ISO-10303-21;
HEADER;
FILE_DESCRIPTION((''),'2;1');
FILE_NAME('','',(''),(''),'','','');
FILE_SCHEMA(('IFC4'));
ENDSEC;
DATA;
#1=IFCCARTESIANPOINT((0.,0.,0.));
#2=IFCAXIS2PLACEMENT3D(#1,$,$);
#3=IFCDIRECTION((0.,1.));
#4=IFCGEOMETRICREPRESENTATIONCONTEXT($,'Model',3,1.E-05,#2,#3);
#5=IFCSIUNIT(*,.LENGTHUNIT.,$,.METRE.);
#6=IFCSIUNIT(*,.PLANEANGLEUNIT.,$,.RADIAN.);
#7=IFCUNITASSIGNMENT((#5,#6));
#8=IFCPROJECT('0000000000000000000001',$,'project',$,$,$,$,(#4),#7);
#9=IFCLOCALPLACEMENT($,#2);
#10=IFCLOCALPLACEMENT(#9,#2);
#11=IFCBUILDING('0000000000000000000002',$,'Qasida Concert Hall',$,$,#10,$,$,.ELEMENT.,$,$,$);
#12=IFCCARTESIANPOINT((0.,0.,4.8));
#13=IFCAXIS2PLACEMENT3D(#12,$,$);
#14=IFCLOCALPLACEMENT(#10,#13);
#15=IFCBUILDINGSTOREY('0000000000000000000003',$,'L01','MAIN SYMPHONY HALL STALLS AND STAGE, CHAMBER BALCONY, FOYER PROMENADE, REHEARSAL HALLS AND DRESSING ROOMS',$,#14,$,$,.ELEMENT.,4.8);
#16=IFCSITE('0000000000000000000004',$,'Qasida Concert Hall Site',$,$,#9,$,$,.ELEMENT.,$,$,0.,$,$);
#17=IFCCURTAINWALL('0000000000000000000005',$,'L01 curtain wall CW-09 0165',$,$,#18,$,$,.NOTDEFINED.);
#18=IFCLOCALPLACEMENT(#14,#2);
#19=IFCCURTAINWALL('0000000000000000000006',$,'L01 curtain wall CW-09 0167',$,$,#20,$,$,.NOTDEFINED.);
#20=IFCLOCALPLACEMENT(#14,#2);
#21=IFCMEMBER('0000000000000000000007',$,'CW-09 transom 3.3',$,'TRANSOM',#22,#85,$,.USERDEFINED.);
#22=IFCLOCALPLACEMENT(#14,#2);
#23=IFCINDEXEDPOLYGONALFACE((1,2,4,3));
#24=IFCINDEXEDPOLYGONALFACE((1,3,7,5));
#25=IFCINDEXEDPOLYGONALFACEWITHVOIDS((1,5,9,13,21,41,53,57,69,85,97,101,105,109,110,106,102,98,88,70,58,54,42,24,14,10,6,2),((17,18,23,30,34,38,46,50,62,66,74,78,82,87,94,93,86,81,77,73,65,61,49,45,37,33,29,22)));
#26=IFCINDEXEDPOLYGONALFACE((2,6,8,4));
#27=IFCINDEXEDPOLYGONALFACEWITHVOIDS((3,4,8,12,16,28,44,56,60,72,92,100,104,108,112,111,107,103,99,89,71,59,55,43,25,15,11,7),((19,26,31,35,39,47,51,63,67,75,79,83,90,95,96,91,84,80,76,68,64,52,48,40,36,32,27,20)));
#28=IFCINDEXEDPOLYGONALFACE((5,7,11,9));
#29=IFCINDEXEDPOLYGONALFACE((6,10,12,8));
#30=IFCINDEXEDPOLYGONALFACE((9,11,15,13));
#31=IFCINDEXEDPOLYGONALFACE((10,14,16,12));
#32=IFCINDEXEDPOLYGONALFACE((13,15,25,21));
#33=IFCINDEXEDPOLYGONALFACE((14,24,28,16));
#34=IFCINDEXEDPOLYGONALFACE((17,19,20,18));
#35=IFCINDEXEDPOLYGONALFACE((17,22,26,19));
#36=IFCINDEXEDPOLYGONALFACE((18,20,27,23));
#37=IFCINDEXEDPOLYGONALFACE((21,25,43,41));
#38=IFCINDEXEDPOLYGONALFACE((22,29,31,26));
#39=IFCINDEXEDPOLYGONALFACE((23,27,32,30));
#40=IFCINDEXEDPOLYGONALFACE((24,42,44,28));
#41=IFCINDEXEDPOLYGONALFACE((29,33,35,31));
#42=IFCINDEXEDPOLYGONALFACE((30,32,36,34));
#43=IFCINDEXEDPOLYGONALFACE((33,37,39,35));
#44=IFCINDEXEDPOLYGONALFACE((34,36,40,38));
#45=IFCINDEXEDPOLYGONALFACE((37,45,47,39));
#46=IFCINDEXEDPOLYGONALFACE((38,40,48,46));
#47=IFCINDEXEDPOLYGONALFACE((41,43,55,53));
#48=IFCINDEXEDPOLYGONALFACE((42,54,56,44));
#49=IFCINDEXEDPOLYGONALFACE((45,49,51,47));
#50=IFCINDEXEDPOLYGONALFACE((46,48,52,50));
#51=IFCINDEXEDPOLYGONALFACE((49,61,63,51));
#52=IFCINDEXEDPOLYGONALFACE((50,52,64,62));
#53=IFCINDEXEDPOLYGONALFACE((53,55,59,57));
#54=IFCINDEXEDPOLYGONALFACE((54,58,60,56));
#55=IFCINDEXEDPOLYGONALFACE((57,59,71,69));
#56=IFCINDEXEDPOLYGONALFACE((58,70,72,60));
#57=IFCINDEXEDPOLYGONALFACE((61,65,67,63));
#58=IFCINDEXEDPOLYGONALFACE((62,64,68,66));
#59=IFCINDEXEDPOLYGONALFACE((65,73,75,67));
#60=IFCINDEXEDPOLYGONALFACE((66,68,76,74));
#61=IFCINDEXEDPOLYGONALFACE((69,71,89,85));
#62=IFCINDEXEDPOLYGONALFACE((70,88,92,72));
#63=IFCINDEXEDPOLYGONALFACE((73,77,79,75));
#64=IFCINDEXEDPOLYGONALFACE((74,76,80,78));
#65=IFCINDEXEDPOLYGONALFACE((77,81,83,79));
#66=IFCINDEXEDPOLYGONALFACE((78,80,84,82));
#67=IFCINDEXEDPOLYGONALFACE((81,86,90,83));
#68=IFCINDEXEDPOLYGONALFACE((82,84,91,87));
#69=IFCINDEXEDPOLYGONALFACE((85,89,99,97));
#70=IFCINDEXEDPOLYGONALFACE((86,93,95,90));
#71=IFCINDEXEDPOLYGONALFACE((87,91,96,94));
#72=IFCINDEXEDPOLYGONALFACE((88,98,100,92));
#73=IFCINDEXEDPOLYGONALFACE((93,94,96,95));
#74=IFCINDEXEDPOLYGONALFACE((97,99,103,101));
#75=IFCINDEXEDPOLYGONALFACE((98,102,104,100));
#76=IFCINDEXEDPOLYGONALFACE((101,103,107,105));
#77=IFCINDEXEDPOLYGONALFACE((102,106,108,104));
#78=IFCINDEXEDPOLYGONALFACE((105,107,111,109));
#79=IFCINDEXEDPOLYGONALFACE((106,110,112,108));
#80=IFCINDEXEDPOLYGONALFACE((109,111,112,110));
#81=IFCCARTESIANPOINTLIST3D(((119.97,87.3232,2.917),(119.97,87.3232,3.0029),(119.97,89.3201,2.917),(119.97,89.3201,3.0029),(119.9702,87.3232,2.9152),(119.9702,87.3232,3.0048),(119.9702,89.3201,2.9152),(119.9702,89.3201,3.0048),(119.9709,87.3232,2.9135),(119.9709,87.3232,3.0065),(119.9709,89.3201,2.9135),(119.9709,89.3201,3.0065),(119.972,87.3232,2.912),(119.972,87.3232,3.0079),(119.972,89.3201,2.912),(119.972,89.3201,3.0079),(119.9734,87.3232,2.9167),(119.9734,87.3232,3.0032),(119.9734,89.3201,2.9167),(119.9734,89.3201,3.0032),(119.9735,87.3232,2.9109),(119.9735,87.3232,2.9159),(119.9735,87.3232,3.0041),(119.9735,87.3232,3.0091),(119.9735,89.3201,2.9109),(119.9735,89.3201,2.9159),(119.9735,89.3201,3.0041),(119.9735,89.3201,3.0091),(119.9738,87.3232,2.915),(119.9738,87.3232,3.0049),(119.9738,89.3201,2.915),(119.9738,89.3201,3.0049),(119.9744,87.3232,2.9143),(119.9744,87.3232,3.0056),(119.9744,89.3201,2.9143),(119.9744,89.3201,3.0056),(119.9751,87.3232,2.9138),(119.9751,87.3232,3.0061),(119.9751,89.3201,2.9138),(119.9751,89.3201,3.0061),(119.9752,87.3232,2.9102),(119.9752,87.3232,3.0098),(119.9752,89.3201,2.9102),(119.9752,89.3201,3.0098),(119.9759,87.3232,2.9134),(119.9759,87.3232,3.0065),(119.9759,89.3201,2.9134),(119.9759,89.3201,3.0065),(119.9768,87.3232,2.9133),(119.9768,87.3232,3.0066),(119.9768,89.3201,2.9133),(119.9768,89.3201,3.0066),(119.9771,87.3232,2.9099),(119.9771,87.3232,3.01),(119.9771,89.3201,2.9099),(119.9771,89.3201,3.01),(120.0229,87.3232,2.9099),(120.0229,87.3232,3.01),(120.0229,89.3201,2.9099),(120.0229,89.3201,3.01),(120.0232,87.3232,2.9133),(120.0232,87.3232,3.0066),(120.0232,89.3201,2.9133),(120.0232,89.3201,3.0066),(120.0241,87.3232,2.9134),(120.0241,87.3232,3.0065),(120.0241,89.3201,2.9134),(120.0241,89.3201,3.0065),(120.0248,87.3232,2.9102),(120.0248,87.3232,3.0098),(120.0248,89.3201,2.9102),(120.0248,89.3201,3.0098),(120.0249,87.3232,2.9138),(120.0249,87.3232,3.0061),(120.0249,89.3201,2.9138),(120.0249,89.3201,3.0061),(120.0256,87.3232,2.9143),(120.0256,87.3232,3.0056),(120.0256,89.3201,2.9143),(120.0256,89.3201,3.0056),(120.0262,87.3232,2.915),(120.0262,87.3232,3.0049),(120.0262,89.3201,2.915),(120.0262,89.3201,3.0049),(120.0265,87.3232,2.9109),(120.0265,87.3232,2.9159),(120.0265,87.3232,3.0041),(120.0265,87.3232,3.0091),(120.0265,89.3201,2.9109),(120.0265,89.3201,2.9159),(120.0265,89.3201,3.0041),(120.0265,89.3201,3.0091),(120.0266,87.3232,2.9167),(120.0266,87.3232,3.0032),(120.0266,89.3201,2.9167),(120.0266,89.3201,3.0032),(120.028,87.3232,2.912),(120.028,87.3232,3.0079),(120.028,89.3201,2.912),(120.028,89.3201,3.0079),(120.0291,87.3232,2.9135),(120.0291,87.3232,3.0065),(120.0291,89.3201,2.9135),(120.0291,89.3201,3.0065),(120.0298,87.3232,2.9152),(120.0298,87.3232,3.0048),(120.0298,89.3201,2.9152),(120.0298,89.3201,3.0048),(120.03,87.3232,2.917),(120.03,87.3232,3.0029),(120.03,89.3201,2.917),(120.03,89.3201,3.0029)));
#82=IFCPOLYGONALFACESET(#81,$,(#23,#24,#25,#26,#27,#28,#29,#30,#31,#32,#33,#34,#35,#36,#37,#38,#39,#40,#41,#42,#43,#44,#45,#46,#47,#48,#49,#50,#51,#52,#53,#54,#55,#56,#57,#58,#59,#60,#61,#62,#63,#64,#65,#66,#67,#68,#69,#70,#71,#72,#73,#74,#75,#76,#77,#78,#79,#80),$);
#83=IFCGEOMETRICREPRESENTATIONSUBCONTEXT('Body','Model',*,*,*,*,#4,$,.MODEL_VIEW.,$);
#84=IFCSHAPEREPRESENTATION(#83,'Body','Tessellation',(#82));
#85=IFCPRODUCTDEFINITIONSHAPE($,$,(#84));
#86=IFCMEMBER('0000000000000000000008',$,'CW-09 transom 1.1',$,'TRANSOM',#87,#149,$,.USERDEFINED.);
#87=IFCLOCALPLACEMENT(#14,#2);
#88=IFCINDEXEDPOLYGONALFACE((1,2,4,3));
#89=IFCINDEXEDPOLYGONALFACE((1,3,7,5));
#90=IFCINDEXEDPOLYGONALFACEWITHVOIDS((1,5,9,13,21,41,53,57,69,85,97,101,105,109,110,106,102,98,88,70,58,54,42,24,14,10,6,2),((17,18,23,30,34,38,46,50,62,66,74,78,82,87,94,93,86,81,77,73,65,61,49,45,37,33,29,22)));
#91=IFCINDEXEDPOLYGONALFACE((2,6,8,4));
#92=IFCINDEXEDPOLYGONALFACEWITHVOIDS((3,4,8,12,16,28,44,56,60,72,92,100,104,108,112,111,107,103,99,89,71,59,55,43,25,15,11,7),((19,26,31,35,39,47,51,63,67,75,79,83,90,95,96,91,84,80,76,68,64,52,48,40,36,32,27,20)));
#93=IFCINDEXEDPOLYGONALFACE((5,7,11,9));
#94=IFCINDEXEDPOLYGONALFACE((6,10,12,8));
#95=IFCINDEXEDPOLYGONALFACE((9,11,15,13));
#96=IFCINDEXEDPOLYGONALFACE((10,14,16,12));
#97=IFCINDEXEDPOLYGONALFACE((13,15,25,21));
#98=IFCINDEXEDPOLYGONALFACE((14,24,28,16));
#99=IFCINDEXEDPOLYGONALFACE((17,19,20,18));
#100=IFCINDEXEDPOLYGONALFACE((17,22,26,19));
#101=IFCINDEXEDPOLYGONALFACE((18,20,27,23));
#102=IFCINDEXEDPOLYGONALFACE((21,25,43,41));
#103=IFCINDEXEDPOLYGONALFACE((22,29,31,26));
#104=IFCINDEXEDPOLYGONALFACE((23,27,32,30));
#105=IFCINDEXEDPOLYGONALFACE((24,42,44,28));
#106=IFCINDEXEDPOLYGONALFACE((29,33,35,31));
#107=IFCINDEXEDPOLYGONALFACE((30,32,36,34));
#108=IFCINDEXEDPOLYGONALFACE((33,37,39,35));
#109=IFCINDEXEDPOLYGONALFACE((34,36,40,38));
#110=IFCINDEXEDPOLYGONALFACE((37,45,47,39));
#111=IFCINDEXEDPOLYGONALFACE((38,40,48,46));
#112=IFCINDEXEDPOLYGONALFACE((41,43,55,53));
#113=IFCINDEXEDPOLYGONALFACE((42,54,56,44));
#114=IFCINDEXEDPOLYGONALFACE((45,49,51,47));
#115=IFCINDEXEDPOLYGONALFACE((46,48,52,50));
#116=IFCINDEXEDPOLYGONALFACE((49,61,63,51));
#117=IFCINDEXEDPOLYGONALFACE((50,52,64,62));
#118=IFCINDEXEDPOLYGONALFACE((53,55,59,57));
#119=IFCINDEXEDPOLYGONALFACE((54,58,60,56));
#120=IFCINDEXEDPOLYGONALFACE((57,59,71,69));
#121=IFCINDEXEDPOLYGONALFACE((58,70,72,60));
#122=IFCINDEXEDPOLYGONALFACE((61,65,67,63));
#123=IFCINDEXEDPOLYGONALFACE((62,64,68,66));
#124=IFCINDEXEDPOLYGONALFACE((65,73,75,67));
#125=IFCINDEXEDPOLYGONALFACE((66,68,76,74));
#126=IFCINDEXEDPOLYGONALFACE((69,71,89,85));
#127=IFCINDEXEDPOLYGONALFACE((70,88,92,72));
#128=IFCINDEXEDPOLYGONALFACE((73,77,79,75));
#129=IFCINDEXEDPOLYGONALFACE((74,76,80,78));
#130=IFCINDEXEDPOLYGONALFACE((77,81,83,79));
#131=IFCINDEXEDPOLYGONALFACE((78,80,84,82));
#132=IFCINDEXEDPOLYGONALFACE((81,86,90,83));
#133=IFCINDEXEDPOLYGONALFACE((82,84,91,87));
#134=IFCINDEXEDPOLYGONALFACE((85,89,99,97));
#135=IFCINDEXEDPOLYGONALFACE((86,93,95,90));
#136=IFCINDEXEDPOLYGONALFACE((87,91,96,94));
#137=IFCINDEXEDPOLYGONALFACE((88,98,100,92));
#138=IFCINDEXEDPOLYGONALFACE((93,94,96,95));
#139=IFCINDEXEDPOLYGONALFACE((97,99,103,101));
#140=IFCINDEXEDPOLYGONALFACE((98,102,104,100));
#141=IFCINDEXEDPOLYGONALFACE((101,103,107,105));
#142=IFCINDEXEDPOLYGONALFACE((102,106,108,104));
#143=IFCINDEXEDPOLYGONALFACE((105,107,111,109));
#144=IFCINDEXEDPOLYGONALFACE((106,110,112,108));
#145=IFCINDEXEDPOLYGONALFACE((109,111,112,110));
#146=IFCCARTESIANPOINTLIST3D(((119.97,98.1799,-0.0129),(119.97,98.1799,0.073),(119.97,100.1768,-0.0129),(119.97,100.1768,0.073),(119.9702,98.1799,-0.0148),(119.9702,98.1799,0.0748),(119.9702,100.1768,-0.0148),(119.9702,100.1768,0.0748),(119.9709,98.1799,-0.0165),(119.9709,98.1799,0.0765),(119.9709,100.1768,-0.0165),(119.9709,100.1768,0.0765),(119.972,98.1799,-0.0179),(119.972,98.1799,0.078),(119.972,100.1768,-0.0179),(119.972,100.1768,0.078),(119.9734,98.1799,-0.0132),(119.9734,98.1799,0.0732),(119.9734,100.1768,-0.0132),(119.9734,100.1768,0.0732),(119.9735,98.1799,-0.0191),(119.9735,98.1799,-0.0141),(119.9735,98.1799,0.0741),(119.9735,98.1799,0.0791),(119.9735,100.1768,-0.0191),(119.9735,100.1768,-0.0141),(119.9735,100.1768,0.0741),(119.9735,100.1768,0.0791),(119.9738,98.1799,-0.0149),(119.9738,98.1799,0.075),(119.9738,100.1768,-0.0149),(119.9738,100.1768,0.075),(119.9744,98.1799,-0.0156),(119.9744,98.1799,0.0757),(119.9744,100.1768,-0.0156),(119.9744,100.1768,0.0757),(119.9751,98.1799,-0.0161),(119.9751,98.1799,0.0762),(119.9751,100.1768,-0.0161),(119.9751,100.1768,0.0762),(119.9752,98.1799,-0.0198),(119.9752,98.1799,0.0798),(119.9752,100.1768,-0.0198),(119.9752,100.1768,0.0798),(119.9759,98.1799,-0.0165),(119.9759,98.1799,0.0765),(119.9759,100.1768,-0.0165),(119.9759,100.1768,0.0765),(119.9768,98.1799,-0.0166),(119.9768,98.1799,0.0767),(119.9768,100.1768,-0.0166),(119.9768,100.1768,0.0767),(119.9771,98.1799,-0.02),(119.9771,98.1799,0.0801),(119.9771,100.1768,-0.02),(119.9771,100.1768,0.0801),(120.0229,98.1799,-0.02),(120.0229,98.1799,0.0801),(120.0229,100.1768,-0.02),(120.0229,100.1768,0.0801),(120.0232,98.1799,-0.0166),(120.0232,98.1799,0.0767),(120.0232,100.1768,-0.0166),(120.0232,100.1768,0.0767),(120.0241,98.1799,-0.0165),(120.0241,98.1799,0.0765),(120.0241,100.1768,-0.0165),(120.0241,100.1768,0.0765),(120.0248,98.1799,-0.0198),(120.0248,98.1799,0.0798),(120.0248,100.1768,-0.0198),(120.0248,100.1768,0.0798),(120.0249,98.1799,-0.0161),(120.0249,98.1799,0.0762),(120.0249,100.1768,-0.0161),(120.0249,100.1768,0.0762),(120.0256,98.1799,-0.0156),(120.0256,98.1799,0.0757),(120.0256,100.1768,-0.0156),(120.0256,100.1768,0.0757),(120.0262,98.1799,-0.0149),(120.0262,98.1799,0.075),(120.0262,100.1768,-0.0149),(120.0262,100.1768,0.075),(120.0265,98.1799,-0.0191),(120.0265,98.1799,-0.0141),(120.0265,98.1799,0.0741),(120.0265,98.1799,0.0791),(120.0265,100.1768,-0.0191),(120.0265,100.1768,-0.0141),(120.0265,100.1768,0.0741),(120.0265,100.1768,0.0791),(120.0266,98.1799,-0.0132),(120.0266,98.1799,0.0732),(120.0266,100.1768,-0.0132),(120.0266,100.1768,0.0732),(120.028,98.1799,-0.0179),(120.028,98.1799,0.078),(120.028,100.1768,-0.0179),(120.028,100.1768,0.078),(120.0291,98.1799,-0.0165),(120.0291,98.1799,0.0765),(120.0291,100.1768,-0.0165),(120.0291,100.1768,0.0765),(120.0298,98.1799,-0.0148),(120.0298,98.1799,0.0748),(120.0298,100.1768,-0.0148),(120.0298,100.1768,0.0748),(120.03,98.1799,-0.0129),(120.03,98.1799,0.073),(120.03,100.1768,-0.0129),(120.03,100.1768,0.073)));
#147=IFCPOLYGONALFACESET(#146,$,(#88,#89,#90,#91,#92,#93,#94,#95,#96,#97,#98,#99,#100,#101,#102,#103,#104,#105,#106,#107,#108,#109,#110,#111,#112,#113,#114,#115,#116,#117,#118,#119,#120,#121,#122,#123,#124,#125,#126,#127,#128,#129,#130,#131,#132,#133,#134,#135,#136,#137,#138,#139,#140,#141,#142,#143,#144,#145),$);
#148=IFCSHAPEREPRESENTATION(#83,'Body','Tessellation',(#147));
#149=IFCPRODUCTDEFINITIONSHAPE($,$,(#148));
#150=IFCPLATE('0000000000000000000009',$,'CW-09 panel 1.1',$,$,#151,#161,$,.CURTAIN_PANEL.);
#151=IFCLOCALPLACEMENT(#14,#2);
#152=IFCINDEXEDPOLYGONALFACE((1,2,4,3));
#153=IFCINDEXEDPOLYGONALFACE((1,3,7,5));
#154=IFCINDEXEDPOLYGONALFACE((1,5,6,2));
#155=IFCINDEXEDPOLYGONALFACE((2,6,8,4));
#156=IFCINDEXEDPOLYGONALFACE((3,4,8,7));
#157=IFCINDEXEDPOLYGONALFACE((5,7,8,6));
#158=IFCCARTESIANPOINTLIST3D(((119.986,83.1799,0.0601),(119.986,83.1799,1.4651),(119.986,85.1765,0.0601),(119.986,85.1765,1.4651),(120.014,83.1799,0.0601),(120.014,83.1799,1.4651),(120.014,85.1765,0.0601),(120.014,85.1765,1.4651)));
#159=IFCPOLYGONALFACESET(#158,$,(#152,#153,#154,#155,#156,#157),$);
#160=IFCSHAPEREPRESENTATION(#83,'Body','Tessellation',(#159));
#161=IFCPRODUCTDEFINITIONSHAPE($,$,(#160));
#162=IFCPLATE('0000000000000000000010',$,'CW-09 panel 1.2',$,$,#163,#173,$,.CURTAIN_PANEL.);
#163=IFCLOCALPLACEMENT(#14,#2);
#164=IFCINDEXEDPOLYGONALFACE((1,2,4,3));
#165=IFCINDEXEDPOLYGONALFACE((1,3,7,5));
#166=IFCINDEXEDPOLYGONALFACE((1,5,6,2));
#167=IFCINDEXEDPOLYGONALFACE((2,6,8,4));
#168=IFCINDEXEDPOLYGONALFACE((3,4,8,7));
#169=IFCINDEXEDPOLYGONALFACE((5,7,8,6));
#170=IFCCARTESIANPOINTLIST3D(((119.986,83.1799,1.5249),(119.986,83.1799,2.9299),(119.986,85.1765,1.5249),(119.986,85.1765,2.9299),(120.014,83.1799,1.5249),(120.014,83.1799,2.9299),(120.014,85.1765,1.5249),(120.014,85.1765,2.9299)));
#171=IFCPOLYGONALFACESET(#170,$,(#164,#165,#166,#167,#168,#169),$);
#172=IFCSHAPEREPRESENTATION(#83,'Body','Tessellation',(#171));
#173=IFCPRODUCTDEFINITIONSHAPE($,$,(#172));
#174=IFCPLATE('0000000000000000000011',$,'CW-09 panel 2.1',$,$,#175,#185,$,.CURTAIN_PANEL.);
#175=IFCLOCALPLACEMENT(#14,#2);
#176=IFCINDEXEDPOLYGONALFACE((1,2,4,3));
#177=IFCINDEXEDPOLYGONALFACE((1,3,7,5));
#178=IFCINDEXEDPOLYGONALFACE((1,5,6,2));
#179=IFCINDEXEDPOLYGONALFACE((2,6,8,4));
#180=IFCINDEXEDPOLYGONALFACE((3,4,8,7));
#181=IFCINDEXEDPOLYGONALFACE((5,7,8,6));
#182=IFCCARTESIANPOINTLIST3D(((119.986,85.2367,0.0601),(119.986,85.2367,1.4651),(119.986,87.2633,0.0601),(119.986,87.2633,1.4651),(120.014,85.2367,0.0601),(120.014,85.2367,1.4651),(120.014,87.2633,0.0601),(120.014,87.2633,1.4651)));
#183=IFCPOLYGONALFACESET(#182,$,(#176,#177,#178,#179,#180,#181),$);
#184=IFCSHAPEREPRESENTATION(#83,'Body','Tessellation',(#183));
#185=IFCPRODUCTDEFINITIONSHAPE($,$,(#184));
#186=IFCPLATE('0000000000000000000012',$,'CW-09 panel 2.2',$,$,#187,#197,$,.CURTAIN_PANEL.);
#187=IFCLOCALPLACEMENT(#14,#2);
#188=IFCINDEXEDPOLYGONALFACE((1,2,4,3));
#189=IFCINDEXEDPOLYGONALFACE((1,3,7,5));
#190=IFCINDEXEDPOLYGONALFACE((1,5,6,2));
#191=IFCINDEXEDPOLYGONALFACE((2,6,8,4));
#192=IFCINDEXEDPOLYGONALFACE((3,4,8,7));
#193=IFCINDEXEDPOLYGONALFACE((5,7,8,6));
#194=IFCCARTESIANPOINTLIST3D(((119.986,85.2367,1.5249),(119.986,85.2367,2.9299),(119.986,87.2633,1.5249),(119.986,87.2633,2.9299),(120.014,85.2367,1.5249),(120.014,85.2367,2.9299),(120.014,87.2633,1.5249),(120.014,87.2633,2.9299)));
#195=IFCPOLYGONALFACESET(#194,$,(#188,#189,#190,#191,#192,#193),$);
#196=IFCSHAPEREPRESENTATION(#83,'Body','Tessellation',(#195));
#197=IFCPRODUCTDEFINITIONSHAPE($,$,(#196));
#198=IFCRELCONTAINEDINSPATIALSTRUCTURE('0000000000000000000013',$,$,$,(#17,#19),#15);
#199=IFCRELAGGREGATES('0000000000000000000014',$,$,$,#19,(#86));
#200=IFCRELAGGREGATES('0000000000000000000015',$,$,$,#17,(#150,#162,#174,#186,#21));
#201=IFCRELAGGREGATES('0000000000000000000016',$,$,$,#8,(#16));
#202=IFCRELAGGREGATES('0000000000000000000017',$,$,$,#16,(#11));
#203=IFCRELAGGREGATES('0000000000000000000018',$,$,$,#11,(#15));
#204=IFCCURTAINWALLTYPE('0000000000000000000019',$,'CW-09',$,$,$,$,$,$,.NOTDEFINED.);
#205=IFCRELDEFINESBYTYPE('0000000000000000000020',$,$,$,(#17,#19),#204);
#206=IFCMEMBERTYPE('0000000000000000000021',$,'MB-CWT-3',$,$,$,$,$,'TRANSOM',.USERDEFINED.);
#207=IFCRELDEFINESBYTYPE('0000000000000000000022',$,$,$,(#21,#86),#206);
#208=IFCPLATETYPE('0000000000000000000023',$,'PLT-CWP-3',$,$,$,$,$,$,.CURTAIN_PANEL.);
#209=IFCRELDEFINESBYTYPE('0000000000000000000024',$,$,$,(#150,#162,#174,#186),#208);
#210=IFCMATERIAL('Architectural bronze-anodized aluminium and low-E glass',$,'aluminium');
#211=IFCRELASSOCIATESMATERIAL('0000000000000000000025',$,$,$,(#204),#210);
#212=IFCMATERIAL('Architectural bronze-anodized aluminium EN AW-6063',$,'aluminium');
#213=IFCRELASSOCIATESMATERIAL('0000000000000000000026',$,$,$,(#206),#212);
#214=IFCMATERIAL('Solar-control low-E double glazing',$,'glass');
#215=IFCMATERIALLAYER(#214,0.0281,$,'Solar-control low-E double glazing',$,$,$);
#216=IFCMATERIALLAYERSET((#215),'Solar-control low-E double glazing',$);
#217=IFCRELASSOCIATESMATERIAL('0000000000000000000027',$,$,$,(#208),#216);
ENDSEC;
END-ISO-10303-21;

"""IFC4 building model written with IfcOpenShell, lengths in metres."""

from ifc_helpers import new_model, si_unit, direction, frame, origin, origin_2d, place, context, subcontext, project, spatial, rectangle, hollow_rectangle, extrude, material, layer, layer_set, material_profile, profile_set, type_object, element, aggregate, save


model = new_model("IFC4")

# Units and contexts
model_context = context("Model", 3, precision=1e-05, world=origin(), true_north=direction((0.0, 1.0)))
body_context = subcontext(model_context, "Body", "Model", "MODEL_VIEW")
ifc_project = project(units=[si_unit("LENGTHUNIT", "METRE"), si_unit("PLANEANGLEUNIT", "RADIAN")], contexts=[model_context])

# Site, building, storey
site_placement = place(None, origin())
site = spatial("IfcSite", under=ifc_project, at=site_placement, Name="Qasida Concert Hall Site", CompositionType="ELEMENT", RefElevation=0.0)
building_placement = place(site_placement, origin())
building = spatial("IfcBuilding", under=site, at=building_placement, Name="Qasida Concert Hall", CompositionType="ELEMENT")
storey_placement = place(building_placement, frame((0.0, 0.0, 4.8)))
storey = spatial("IfcBuildingStorey", under=building, at=storey_placement, Name="L01", Description="MAIN SYMPHONY HALL STALLS AND STAGE, CHAMBER BALCONY, FOYER PROMENADE, REHEARSAL HALLS AND DRESSING ROOMS", CompositionType="ELEMENT", Elevation=4.8)

# Curtain wall
ifc_material_1 = material(Name="Architectural bronze-anodized aluminium and low-E glass", Category="aluminium")
curtain_wall_type = type_object("IfcCurtainWallType", Name="CW-09", PredefinedType="NOTDEFINED", material=ifc_material_1)
curtain_wall_1_placement = place(storey_placement, origin())
curtain_wall_1 = element("IfcCurtainWall", 1, at=curtain_wall_1_placement, inside=storey, type_object=curtain_wall_type, Name="L01 curtain wall CW-09 0165", PredefinedType="NOTDEFINED")
ifc_material_2 = material(Name="Architectural bronze-anodized aluminium EN AW-6063", Category="aluminium")

# Curtain wall
curtain_wall_2_placement = place(storey_placement, origin())
curtain_wall_2 = element("IfcCurtainWall", 2, at=curtain_wall_2_placement, inside=storey, type_object=curtain_wall_type, Name="L01 curtain wall CW-09 0167", PredefinedType="NOTDEFINED")

# Members
ifc_material_profile_1 = material_profile(ifc_material_2, hollow_rectangle(XDim=0.0601, YDim=0.1001, WallThickness=0.0034, InnerFilletRadius=0.0034, OuterFilletRadius=0.0071, at=origin_2d()), Name="CWT 100x60x3.5")
ifc_profile_set_1 = profile_set([ifc_material_profile_1], Name="Architectural bronze-anodized aluminium EN AW-6063")
member_type_1 = type_object("IfcMemberType", Name="MB-CWT-3", ElementType="TRANSOM", PredefinedType="USERDEFINED", material=ifc_profile_set_1)
member_1_placement = place(storey_placement, frame((120.0, 87.3232, 2.96), z_axis=(0.0, 1.0, 0.0), x_axis=(-1.0, 0.0, 0.0)))
member_1 = element("IfcMember", 3, at=member_1_placement, type_object=member_type_1, Name="CW-09 transom 3.3", ObjectType="TRANSOM", PredefinedType="USERDEFINED", context=body_context, shape_type="SweptSolid", body=[
    extrude(hollow_rectangle(XDim=0.0601, YDim=0.1001, WallThickness=0.0034, InnerFilletRadius=0.0034, OuterFilletRadius=0.0071, at=origin_2d()), origin(), (0.0, 0.0, 1.0), 1.9968),
])
member_2_placement = place(storey_placement, frame((120.0, 98.1799, 0.03), z_axis=(0.0, 1.0, 0.0), x_axis=(-1.0, 0.0, 0.0)))
member_2 = element("IfcMember", 4, at=member_2_placement, type_object=member_type_1, Name="CW-09 transom 1.1", ObjectType="TRANSOM", PredefinedType="USERDEFINED", context=body_context, shape_type="SweptSolid", body=[
    extrude(hollow_rectangle(XDim=0.0601, YDim=0.1001, WallThickness=0.0034, InnerFilletRadius=0.0034, OuterFilletRadius=0.0071, at=origin_2d()), origin(), (0.0, 0.0, 1.0), 1.9968),
])
aggregate(curtain_wall_2, [member_2])

# Plates
ifc_material_3 = material(Name="Solar-control low-E double glazing", Category="glass")
ifc_layer_1 = layer(ifc_material_3, 0.0281, Name="Solar-control low-E double glazing")
ifc_layer_set_1 = layer_set([ifc_layer_1], Name="Solar-control low-E double glazing")
plate_type = type_object("IfcPlateType", Name="PLT-CWP-3", PredefinedType="CURTAIN_PANEL", material=ifc_layer_set_1)
plate_1_placement = place(storey_placement, frame((120.0, 84.1782, 0.0601), z_axis=(0.0, 0.0, 1.0), x_axis=(0.0, 1.0, 0.0)))
plate_1 = element("IfcPlate", 5, at=plate_1_placement, type_object=plate_type, Name="CW-09 panel 1.1", PredefinedType="CURTAIN_PANEL", context=body_context, shape_type="SweptSolid", body=[
    extrude(rectangle(XDim=1.9966, YDim=0.0281, at=origin_2d()), origin(), (0.0, 0.0, 1.0), 1.405),
])
plate_2_placement = place(storey_placement, frame((120.0, 84.1782, 1.5249), z_axis=(0.0, 0.0, 1.0), x_axis=(0.0, 1.0, 0.0)))
plate_2 = element("IfcPlate", 6, at=plate_2_placement, type_object=plate_type, Name="CW-09 panel 1.2", PredefinedType="CURTAIN_PANEL", context=body_context, shape_type="SweptSolid", body=[
    extrude(rectangle(XDim=1.9966, YDim=0.0281, at=origin_2d()), origin(), (0.0, 0.0, 1.0), 1.405),
])
plate_3_placement = place(storey_placement, frame((120.0, 86.25, 0.0601), z_axis=(0.0, 0.0, 1.0), x_axis=(0.0, 1.0, 0.0)))
plate_3 = element("IfcPlate", 7, at=plate_3_placement, type_object=plate_type, Name="CW-09 panel 2.1", PredefinedType="CURTAIN_PANEL", context=body_context, shape_type="SweptSolid", body=[
    extrude(rectangle(XDim=2.0266, YDim=0.0281, at=origin_2d()), origin(), (0.0, 0.0, 1.0), 1.405),
])
plate_4_placement = place(storey_placement, frame((120.0, 86.25, 1.5249), z_axis=(0.0, 0.0, 1.0), x_axis=(0.0, 1.0, 0.0)))
plate_4 = element("IfcPlate", 8, at=plate_4_placement, type_object=plate_type, Name="CW-09 panel 2.2", PredefinedType="CURTAIN_PANEL", context=body_context, shape_type="SweptSolid", body=[
    extrude(rectangle(XDim=2.0266, YDim=0.0281, at=origin_2d()), origin(), (0.0, 0.0, 1.0), 1.405),
])
aggregate(curtain_wall_1, [plate_1, plate_2, plate_3, plate_4, member_1])

save(model, "model.ifc")
